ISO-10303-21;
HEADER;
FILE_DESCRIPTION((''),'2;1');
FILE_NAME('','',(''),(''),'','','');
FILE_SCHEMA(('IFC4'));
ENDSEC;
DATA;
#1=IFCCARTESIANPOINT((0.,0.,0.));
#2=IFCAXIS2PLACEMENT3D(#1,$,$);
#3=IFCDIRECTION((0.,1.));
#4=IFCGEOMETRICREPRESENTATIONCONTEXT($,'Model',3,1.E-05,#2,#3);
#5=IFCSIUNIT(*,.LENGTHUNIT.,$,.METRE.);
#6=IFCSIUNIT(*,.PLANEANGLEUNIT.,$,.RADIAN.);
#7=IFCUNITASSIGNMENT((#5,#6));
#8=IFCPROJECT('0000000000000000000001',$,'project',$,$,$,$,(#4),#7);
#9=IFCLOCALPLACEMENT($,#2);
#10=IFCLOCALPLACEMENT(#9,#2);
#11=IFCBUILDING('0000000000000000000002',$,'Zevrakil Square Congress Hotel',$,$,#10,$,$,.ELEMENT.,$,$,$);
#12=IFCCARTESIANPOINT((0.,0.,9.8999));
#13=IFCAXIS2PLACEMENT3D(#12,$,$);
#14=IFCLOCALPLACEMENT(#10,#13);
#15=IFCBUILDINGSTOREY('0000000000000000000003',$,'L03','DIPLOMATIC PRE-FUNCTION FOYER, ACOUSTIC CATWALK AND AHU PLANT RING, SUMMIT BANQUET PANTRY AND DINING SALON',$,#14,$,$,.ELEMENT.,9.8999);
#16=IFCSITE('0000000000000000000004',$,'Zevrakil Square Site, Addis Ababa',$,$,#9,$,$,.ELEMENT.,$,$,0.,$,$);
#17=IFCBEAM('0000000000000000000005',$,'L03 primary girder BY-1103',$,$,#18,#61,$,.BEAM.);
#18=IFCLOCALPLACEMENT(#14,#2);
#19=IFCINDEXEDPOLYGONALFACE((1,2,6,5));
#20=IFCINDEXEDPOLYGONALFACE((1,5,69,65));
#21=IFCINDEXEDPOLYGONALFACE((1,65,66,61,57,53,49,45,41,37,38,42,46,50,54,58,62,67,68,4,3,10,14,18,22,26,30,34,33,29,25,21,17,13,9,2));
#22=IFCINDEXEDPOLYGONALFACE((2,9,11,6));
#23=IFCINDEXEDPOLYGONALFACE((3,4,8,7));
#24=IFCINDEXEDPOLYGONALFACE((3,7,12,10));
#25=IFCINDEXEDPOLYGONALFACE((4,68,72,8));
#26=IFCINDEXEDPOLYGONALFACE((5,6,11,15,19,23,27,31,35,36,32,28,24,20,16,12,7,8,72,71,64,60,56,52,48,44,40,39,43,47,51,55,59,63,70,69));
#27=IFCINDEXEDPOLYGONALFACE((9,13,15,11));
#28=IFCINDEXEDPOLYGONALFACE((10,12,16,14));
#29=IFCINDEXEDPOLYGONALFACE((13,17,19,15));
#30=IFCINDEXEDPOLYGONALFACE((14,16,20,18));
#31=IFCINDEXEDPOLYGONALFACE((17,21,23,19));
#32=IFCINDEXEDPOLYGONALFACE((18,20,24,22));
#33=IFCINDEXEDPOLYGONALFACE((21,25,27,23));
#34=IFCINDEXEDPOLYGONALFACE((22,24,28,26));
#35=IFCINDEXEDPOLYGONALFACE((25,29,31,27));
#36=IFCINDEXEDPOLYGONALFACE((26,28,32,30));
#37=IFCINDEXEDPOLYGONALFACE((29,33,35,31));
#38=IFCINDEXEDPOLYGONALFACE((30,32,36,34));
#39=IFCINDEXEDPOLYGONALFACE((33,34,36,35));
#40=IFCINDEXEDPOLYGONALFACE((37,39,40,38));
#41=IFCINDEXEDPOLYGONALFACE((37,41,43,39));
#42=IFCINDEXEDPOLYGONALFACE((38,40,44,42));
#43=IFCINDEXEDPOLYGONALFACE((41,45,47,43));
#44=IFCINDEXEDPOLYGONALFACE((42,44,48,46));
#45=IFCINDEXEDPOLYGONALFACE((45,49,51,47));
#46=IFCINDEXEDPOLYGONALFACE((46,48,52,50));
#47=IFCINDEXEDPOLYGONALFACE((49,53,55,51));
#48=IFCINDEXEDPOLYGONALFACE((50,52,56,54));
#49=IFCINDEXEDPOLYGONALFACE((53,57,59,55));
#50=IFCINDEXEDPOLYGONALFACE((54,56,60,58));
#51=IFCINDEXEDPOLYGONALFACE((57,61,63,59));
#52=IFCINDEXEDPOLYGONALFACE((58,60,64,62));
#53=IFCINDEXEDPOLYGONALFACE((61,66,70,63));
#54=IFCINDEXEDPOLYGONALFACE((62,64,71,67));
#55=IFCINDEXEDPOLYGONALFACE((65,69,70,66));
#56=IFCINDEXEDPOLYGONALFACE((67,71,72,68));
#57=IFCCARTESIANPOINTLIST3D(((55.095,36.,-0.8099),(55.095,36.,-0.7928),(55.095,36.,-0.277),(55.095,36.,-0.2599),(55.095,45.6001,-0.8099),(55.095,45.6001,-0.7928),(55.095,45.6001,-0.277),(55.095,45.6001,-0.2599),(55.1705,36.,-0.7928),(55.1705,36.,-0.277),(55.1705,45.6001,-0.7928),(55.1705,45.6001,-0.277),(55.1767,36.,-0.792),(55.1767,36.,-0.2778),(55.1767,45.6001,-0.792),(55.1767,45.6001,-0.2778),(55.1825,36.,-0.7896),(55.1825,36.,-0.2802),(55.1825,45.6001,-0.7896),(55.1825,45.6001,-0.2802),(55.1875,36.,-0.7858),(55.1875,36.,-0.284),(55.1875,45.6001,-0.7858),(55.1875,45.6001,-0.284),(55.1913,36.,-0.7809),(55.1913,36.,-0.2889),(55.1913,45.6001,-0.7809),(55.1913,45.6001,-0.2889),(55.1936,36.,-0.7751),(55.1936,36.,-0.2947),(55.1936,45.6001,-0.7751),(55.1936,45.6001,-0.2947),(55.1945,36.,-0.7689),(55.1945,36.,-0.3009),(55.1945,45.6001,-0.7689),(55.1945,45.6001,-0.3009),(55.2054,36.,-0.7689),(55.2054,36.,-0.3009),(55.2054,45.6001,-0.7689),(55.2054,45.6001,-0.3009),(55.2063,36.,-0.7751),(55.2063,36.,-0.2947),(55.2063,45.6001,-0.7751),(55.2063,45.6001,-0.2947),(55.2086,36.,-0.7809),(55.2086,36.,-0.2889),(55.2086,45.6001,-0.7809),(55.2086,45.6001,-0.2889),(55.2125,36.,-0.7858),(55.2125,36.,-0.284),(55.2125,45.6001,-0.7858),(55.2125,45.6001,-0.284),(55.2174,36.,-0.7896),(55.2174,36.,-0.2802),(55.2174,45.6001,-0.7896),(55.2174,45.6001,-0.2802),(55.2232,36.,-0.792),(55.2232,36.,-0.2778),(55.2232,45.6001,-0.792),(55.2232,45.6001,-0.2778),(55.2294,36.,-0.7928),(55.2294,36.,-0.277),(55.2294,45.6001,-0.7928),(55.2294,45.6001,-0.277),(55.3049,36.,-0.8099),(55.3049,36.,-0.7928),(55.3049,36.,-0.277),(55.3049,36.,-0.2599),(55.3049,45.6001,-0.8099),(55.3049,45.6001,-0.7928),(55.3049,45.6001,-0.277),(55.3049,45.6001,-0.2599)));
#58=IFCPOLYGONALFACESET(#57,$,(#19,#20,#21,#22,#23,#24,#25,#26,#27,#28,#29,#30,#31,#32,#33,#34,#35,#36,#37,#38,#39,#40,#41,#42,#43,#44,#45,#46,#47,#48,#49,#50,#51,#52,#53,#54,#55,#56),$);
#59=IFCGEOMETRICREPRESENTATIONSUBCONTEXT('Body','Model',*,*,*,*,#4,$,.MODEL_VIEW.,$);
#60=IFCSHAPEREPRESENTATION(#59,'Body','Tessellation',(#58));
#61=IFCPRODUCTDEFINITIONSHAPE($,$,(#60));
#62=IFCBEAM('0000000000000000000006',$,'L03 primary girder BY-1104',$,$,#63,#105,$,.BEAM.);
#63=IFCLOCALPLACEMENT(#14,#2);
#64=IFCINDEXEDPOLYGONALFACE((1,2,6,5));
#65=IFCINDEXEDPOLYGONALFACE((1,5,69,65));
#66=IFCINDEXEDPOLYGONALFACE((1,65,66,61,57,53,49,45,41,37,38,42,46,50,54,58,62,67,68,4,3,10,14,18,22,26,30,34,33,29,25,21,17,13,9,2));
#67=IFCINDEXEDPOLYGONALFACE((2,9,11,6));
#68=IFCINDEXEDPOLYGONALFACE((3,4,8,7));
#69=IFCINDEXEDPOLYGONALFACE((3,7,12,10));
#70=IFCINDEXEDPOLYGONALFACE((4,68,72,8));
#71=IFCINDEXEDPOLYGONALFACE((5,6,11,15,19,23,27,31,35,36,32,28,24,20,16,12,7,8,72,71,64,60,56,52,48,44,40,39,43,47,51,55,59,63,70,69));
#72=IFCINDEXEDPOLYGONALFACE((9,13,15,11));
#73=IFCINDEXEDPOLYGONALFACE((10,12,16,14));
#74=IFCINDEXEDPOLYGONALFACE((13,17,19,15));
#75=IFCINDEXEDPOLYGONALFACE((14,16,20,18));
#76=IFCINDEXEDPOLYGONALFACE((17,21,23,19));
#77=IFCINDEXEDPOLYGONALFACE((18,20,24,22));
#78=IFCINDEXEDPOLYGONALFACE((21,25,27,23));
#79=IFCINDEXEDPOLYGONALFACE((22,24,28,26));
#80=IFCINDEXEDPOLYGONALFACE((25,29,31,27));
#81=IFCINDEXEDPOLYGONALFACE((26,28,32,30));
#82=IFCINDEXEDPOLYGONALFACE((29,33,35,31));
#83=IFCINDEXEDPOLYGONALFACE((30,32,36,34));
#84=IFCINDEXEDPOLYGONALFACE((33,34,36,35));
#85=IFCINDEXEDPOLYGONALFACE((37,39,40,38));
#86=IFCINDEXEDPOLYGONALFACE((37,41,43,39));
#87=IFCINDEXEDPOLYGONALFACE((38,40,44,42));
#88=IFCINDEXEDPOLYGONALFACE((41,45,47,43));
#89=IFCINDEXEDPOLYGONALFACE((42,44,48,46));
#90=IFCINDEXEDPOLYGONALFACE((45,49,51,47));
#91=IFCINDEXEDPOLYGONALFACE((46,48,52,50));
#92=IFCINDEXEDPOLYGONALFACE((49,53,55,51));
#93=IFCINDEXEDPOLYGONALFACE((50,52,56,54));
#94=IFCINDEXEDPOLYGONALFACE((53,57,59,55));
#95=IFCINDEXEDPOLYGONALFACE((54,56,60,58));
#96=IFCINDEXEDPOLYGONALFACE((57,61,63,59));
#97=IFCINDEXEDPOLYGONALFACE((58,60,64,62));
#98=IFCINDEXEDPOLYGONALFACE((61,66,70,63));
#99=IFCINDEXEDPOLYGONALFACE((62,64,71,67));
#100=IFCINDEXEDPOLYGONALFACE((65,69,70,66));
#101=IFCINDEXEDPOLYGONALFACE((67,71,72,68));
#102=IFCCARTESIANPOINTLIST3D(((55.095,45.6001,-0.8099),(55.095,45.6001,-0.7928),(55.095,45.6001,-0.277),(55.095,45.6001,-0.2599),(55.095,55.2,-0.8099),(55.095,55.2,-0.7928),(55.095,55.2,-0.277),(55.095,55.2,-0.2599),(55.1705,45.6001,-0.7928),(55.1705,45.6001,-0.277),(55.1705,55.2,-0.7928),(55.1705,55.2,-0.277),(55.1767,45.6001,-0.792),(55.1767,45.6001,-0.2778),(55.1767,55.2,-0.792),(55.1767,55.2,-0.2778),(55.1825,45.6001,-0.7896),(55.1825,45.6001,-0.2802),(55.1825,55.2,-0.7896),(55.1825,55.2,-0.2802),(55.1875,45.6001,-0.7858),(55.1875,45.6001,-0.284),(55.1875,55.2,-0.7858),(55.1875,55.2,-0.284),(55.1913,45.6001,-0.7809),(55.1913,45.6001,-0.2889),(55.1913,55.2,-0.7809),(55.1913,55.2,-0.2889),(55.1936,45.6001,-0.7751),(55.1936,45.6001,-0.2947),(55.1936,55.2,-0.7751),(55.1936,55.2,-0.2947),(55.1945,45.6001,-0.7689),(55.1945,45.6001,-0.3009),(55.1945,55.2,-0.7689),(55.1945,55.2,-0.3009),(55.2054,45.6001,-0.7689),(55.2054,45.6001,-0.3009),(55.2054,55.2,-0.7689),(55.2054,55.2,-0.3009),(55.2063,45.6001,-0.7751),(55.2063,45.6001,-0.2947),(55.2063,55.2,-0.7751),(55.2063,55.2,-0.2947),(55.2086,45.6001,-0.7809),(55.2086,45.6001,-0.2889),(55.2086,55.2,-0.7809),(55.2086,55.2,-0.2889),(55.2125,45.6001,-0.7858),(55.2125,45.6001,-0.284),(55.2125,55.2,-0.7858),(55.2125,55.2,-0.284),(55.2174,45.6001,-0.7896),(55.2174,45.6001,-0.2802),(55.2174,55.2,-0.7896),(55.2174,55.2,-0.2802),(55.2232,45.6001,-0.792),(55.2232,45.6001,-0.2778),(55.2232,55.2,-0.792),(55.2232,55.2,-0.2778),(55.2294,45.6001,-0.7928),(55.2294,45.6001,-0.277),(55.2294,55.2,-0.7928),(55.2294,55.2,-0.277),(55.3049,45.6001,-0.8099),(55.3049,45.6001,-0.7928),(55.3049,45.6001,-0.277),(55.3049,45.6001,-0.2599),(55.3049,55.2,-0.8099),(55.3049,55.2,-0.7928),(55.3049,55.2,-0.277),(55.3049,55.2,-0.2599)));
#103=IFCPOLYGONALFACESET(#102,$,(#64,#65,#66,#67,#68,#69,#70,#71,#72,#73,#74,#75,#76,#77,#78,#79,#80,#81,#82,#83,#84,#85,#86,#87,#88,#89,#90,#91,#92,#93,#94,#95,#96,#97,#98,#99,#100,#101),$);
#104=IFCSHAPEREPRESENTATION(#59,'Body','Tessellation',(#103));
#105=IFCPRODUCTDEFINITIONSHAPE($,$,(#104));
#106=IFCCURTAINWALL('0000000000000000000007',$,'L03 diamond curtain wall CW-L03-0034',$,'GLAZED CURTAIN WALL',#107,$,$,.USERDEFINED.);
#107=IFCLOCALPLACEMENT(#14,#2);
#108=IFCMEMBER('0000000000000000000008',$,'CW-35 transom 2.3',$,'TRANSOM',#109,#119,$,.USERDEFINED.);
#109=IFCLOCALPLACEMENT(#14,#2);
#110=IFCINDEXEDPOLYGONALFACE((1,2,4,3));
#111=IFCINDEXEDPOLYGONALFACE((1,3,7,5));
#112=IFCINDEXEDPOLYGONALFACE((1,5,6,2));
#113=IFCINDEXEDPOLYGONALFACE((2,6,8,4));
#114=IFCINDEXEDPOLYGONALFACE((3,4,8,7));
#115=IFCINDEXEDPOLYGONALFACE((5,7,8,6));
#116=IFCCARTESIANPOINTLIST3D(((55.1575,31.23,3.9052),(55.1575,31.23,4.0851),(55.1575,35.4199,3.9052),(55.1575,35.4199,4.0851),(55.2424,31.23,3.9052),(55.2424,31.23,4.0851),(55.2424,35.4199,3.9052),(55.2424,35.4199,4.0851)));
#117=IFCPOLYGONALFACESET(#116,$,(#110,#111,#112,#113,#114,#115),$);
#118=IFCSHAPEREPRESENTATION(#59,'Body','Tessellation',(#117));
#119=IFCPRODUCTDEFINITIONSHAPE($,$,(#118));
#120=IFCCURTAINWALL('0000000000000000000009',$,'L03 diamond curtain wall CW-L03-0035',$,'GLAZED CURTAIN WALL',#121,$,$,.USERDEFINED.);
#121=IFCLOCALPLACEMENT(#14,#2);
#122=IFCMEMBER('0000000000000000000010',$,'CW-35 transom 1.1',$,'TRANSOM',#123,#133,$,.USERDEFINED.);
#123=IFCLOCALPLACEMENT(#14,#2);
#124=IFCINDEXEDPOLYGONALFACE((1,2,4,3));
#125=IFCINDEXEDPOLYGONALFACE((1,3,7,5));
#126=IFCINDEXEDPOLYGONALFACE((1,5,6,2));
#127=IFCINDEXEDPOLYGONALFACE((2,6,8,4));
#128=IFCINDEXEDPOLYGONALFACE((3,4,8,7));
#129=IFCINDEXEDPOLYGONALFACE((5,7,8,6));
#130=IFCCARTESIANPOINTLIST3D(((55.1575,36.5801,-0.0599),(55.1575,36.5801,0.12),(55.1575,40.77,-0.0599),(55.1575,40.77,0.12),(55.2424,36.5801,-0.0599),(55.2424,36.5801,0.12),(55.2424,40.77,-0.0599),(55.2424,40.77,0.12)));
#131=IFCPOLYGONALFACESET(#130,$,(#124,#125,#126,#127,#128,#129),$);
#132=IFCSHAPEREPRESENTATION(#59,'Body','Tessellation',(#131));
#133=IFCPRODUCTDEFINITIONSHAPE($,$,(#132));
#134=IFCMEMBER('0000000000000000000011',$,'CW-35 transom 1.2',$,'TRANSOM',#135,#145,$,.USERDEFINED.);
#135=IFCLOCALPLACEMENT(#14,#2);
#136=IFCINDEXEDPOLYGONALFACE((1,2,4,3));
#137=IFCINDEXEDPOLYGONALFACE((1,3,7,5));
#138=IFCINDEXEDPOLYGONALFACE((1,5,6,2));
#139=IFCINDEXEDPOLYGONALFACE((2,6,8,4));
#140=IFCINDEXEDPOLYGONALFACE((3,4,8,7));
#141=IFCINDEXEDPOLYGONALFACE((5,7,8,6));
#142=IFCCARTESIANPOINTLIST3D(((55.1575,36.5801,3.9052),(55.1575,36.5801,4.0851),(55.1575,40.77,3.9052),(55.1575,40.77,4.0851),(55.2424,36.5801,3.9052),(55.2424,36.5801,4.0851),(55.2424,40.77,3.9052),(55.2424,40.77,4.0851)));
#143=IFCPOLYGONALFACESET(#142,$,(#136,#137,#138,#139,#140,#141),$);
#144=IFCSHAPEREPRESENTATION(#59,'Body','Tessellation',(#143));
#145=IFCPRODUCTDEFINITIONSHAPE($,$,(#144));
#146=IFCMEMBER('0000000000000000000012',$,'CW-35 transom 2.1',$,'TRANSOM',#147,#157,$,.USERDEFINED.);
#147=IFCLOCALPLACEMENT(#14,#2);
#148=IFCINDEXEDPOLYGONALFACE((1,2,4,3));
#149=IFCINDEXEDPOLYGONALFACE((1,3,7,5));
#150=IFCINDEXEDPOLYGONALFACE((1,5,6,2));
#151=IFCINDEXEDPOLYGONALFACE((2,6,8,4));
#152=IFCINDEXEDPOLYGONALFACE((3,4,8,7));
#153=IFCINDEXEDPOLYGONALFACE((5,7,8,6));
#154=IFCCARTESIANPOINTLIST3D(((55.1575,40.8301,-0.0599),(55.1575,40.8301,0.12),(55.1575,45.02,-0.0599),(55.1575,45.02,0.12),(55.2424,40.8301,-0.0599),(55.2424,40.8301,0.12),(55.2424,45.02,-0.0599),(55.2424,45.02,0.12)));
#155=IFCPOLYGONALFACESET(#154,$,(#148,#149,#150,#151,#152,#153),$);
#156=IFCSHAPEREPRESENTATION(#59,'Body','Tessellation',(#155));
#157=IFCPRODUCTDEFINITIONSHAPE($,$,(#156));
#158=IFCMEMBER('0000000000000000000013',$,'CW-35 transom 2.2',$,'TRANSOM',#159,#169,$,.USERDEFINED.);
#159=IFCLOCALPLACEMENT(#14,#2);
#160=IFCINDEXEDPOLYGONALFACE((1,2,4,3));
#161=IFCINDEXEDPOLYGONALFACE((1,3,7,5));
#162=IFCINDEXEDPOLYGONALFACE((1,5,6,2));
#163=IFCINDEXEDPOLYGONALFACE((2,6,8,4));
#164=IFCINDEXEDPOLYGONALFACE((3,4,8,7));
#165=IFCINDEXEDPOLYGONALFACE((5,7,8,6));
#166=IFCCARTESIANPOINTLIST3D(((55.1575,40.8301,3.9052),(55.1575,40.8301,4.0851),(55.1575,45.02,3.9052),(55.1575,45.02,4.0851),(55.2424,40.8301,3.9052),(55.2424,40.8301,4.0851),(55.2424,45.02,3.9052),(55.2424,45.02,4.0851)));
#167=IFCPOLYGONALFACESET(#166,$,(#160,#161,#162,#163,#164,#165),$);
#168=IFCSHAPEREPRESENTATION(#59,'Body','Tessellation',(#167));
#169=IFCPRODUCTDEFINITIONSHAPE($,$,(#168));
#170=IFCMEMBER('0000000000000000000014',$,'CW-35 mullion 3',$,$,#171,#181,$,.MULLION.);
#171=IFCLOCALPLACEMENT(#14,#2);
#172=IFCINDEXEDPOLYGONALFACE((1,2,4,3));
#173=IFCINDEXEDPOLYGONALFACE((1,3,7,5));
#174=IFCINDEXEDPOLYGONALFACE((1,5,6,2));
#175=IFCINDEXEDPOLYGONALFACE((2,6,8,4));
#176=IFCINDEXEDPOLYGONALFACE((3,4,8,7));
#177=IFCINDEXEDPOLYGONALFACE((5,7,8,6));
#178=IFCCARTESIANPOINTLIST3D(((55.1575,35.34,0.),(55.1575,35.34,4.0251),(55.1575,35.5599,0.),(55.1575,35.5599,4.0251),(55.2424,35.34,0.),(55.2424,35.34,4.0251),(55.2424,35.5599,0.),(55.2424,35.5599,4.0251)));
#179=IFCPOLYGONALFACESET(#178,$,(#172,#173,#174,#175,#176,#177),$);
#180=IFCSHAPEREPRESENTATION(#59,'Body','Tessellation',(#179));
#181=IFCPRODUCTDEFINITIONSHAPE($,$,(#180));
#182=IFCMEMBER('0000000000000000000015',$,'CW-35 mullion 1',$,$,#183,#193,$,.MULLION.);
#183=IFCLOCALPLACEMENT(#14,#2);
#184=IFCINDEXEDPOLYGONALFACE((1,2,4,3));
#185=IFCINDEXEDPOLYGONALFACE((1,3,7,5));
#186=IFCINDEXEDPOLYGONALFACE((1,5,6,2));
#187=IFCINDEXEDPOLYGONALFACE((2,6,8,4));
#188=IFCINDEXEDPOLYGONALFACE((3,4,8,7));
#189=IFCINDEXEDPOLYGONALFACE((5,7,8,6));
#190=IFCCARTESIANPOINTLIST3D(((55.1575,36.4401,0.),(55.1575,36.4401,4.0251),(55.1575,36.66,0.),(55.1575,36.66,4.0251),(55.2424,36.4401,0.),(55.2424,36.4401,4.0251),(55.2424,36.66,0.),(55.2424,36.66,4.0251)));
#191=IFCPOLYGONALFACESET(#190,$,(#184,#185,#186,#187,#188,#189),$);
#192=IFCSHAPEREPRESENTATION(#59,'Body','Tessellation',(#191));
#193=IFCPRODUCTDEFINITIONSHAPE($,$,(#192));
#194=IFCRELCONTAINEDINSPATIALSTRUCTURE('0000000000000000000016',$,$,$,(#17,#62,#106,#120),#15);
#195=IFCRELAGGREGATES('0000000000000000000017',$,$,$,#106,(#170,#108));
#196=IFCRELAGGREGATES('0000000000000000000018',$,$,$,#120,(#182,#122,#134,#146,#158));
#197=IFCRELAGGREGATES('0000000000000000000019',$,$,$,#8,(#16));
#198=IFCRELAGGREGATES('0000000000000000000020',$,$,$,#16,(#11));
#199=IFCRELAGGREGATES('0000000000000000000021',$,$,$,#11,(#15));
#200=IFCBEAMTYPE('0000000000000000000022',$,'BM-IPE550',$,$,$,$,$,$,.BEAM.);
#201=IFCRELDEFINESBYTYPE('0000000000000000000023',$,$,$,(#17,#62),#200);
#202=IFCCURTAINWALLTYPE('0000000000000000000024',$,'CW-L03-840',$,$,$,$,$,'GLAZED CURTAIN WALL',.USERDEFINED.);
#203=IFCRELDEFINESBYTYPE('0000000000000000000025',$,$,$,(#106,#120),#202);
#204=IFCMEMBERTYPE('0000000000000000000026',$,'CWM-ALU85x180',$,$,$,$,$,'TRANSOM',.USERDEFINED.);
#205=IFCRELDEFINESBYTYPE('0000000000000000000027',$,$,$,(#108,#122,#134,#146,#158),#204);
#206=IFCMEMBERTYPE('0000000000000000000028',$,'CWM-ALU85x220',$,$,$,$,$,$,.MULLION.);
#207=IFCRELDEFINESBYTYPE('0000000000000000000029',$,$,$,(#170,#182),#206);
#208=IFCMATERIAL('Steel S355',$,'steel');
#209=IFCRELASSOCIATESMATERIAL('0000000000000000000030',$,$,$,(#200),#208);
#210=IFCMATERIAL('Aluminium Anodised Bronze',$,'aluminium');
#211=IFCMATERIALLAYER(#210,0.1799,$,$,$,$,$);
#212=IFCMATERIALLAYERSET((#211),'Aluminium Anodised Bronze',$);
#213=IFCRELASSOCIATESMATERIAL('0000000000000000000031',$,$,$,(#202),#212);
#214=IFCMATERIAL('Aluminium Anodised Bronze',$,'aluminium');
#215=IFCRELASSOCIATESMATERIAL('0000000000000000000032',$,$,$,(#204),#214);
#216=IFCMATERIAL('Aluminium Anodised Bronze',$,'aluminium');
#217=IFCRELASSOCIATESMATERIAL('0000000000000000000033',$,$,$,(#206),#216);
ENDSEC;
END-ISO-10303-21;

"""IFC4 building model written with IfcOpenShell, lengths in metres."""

from ifc_helpers import new_model, si_unit, direction, frame, origin, origin_2d, place, context, subcontext, project, spatial, rectangle, i_section, extrude, material, layer, layer_set, material_profile, profile_set, type_object, element, aggregate, save


model = new_model("IFC4")

# Units and contexts
model_context = context("Model", 3, precision=1e-05, world=origin(), true_north=direction((0.0, 1.0)))
body_context = subcontext(model_context, "Body", "Model", "MODEL_VIEW")
ifc_project = project(units=[si_unit("LENGTHUNIT", "METRE"), si_unit("PLANEANGLEUNIT", "RADIAN")], contexts=[model_context])

# Site, building, storey
site_placement = place(None, origin())
site = spatial("IfcSite", under=ifc_project, at=site_placement, Name="Zevrakil Square Site, Addis Ababa", CompositionType="ELEMENT", RefElevation=0.0)
building_placement = place(site_placement, origin())
building = spatial("IfcBuilding", under=site, at=building_placement, Name="Zevrakil Square Congress Hotel", CompositionType="ELEMENT")
storey_placement = place(building_placement, frame((0.0, 0.0, 9.8999)))
storey = spatial("IfcBuildingStorey", under=building, at=storey_placement, Name="L03", Description="DIPLOMATIC PRE-FUNCTION FOYER, ACOUSTIC CATWALK AND AHU PLANT RING, SUMMIT BANQUET PANTRY AND DINING SALON", CompositionType="ELEMENT", Elevation=9.8999)

# Beams
ifc_material_1 = material(Name="Steel S355", Category="steel")
ifc_material_profile_1 = material_profile(ifc_material_1, i_section(OverallWidth=0.21, OverallDepth=0.55, WebThickness=0.011, FlangeThickness=0.0171, FilletRadius=0.0239, at=origin_2d()), Name="IPE 550")
ifc_profile_set_1 = profile_set([ifc_material_profile_1], Name="Steel S355")
beam_type_1 = type_object("IfcBeamType", Name="BM-IPE550", PredefinedType="BEAM", material=ifc_profile_set_1)
beam_1_placement = place(storey_placement, frame((55.2, 36.0, -0.5349), z_axis=(0.0, 1.0, 0.0), x_axis=(-1.0, 0.0, 0.0)))
element("IfcBeam", 1, at=beam_1_placement, inside=storey, type_object=beam_type_1, Name="L03 primary girder BY-1103", PredefinedType="BEAM", context=body_context, shape_type="SweptSolid", body=[
    extrude(i_section(OverallWidth=0.21, OverallDepth=0.55, WebThickness=0.011, FlangeThickness=0.0171, FilletRadius=0.0239, at=origin_2d()), origin(), (0.0, 0.0, 1.0), 9.6001),
])
beam_2_placement = place(storey_placement, frame((55.2, 45.6001, -0.5349), z_axis=(0.0, 1.0, 0.0), x_axis=(-1.0, 0.0, 0.0)))
element("IfcBeam", 2, at=beam_2_placement, inside=storey, type_object=beam_type_1, Name="L03 primary girder BY-1104", PredefinedType="BEAM", context=body_context, shape_type="SweptSolid", body=[
    extrude(i_section(OverallWidth=0.21, OverallDepth=0.55, WebThickness=0.011, FlangeThickness=0.0171, FilletRadius=0.0239, at=origin_2d()), origin(), (0.0, 0.0, 1.0), 9.5999),
])

# Curtain wall, member
ifc_material_2 = material(Name="Aluminium Anodised Bronze", Category="aluminium")
ifc_layer_1 = layer(ifc_material_2, 0.1799)
ifc_layer_set_1 = layer_set([ifc_layer_1], Name="Aluminium Anodised Bronze")
curtain_wall_type = type_object("IfcCurtainWallType", Name="CW-L03-840", ElementType="GLAZED CURTAIN WALL", PredefinedType="USERDEFINED", material=ifc_layer_set_1)
curtain_wall_1_placement = place(storey_placement, origin())
curtain_wall_1 = element("IfcCurtainWall", 3, at=curtain_wall_1_placement, inside=storey, type_object=curtain_wall_type, Name="L03 diamond curtain wall CW-L03-0034", ObjectType="GLAZED CURTAIN WALL", PredefinedType="USERDEFINED")
ifc_material_3 = material(Name="Aluminium Anodised Bronze", Category="aluminium")
ifc_material_profile_2 = material_profile(ifc_material_3, rectangle(XDim=0.085, YDim=0.1799, at=origin_2d()), Name="ALU 85x180")
ifc_profile_set_2 = profile_set([ifc_material_profile_2], Name="Aluminium Anodised Bronze")
member_type_1 = type_object("IfcMemberType", Name="CWM-ALU85x180", ElementType="TRANSOM", PredefinedType="USERDEFINED", material=ifc_profile_set_2)
member_1_placement = place(storey_placement, frame((55.2, 31.23, 3.9951), z_axis=(0.0, 1.0, 0.0), x_axis=(-1.0, 0.0, 0.0)))
member_1 = element("IfcMember", 4, at=member_1_placement, type_object=member_type_1, Name="CW-35 transom 2.3", ObjectType="TRANSOM", PredefinedType="USERDEFINED", context=body_context, shape_type="SweptSolid", body=[
    extrude(rectangle(XDim=0.085, YDim=0.1799, at=origin_2d()), origin(), (0.0, 0.0, 1.0), 4.1899),
])

# Curtain wall, members
curtain_wall_2_placement = place(storey_placement, origin())
curtain_wall_2 = element("IfcCurtainWall", 5, at=curtain_wall_2_placement, inside=storey, type_object=curtain_wall_type, Name="L03 diamond curtain wall CW-L03-0035", ObjectType="GLAZED CURTAIN WALL", PredefinedType="USERDEFINED")
member_2_placement = place(storey_placement, frame((55.2, 36.5801, 0.03), z_axis=(0.0, 1.0, 0.0), x_axis=(-1.0, 0.0, 0.0)))
member_2 = element("IfcMember", 6, at=member_2_placement, type_object=member_type_1, Name="CW-35 transom 1.1", ObjectType="TRANSOM", PredefinedType="USERDEFINED", context=body_context, shape_type="SweptSolid", body=[
    extrude(rectangle(XDim=0.085, YDim=0.1799, at=origin_2d()), origin(), (0.0, 0.0, 1.0), 4.1899),
])
member_3_placement = place(storey_placement, frame((55.2, 36.5801, 3.9951), z_axis=(0.0, 1.0, 0.0), x_axis=(-1.0, 0.0, 0.0)))
member_3 = element("IfcMember", 7, at=member_3_placement, type_object=member_type_1, Name="CW-35 transom 1.2", ObjectType="TRANSOM", PredefinedType="USERDEFINED", context=body_context, shape_type="SweptSolid", body=[
    extrude(rectangle(XDim=0.085, YDim=0.1799, at=origin_2d()), origin(), (0.0, 0.0, 1.0), 4.1899),
])
member_4_placement = place(storey_placement, frame((55.2, 40.8301, 0.03), z_axis=(0.0, 1.0, 0.0), x_axis=(-1.0, 0.0, 0.0)))
member_4 = element("IfcMember", 8, at=member_4_placement, type_object=member_type_1, Name="CW-35 transom 2.1", ObjectType="TRANSOM", PredefinedType="USERDEFINED", context=body_context, shape_type="SweptSolid", body=[
    extrude(rectangle(XDim=0.085, YDim=0.1799, at=origin_2d()), origin(), (0.0, 0.0, 1.0), 4.1899),
])
member_5_placement = place(storey_placement, frame((55.2, 40.8301, 3.9951), z_axis=(0.0, 1.0, 0.0), x_axis=(-1.0, 0.0, 0.0)))
member_5 = element("IfcMember", 9, at=member_5_placement, type_object=member_type_1, Name="CW-35 transom 2.2", ObjectType="TRANSOM", PredefinedType="USERDEFINED", context=body_context, shape_type="SweptSolid", body=[
    extrude(rectangle(XDim=0.085, YDim=0.1799, at=origin_2d()), origin(), (0.0, 0.0, 1.0), 4.1899),
])

# Members
ifc_material_4 = material(Name="Aluminium Anodised Bronze", Category="aluminium")
ifc_material_profile_3 = material_profile(ifc_material_4, rectangle(XDim=0.085, YDim=0.22, at=origin_2d()), Name="ALU 85x220")
ifc_profile_set_3 = profile_set([ifc_material_profile_3], Name="Aluminium Anodised Bronze")
member_type_2 = type_object("IfcMemberType", Name="CWM-ALU85x220", PredefinedType="MULLION", material=ifc_profile_set_3)
member_6_placement = place(storey_placement, frame((55.2, 35.45, 0.0), z_axis=(0.0, 0.0, 1.0), x_axis=(-1.0, 0.0, 0.0)))
member_6 = element("IfcMember", 10, at=member_6_placement, type_object=member_type_2, Name="CW-35 mullion 3", PredefinedType="MULLION", context=body_context, shape_type="SweptSolid", body=[
    extrude(rectangle(XDim=0.085, YDim=0.22, at=origin_2d()), origin(), (0.0, 0.0, 1.0), 4.0251),
])
member_7_placement = place(storey_placement, frame((55.2, 36.55, 0.0), z_axis=(0.0, 0.0, 1.0), x_axis=(-1.0, 0.0, 0.0)))
member_7 = element("IfcMember", 11, at=member_7_placement, type_object=member_type_2, Name="CW-35 mullion 1", PredefinedType="MULLION", context=body_context, shape_type="SweptSolid", body=[
    extrude(rectangle(XDim=0.085, YDim=0.22, at=origin_2d()), origin(), (0.0, 0.0, 1.0), 4.0251),
])

aggregate(curtain_wall_1, [member_6, member_1])
aggregate(curtain_wall_2, [member_7, member_2, member_3, member_4, member_5])

save(model, "model.ifc")
